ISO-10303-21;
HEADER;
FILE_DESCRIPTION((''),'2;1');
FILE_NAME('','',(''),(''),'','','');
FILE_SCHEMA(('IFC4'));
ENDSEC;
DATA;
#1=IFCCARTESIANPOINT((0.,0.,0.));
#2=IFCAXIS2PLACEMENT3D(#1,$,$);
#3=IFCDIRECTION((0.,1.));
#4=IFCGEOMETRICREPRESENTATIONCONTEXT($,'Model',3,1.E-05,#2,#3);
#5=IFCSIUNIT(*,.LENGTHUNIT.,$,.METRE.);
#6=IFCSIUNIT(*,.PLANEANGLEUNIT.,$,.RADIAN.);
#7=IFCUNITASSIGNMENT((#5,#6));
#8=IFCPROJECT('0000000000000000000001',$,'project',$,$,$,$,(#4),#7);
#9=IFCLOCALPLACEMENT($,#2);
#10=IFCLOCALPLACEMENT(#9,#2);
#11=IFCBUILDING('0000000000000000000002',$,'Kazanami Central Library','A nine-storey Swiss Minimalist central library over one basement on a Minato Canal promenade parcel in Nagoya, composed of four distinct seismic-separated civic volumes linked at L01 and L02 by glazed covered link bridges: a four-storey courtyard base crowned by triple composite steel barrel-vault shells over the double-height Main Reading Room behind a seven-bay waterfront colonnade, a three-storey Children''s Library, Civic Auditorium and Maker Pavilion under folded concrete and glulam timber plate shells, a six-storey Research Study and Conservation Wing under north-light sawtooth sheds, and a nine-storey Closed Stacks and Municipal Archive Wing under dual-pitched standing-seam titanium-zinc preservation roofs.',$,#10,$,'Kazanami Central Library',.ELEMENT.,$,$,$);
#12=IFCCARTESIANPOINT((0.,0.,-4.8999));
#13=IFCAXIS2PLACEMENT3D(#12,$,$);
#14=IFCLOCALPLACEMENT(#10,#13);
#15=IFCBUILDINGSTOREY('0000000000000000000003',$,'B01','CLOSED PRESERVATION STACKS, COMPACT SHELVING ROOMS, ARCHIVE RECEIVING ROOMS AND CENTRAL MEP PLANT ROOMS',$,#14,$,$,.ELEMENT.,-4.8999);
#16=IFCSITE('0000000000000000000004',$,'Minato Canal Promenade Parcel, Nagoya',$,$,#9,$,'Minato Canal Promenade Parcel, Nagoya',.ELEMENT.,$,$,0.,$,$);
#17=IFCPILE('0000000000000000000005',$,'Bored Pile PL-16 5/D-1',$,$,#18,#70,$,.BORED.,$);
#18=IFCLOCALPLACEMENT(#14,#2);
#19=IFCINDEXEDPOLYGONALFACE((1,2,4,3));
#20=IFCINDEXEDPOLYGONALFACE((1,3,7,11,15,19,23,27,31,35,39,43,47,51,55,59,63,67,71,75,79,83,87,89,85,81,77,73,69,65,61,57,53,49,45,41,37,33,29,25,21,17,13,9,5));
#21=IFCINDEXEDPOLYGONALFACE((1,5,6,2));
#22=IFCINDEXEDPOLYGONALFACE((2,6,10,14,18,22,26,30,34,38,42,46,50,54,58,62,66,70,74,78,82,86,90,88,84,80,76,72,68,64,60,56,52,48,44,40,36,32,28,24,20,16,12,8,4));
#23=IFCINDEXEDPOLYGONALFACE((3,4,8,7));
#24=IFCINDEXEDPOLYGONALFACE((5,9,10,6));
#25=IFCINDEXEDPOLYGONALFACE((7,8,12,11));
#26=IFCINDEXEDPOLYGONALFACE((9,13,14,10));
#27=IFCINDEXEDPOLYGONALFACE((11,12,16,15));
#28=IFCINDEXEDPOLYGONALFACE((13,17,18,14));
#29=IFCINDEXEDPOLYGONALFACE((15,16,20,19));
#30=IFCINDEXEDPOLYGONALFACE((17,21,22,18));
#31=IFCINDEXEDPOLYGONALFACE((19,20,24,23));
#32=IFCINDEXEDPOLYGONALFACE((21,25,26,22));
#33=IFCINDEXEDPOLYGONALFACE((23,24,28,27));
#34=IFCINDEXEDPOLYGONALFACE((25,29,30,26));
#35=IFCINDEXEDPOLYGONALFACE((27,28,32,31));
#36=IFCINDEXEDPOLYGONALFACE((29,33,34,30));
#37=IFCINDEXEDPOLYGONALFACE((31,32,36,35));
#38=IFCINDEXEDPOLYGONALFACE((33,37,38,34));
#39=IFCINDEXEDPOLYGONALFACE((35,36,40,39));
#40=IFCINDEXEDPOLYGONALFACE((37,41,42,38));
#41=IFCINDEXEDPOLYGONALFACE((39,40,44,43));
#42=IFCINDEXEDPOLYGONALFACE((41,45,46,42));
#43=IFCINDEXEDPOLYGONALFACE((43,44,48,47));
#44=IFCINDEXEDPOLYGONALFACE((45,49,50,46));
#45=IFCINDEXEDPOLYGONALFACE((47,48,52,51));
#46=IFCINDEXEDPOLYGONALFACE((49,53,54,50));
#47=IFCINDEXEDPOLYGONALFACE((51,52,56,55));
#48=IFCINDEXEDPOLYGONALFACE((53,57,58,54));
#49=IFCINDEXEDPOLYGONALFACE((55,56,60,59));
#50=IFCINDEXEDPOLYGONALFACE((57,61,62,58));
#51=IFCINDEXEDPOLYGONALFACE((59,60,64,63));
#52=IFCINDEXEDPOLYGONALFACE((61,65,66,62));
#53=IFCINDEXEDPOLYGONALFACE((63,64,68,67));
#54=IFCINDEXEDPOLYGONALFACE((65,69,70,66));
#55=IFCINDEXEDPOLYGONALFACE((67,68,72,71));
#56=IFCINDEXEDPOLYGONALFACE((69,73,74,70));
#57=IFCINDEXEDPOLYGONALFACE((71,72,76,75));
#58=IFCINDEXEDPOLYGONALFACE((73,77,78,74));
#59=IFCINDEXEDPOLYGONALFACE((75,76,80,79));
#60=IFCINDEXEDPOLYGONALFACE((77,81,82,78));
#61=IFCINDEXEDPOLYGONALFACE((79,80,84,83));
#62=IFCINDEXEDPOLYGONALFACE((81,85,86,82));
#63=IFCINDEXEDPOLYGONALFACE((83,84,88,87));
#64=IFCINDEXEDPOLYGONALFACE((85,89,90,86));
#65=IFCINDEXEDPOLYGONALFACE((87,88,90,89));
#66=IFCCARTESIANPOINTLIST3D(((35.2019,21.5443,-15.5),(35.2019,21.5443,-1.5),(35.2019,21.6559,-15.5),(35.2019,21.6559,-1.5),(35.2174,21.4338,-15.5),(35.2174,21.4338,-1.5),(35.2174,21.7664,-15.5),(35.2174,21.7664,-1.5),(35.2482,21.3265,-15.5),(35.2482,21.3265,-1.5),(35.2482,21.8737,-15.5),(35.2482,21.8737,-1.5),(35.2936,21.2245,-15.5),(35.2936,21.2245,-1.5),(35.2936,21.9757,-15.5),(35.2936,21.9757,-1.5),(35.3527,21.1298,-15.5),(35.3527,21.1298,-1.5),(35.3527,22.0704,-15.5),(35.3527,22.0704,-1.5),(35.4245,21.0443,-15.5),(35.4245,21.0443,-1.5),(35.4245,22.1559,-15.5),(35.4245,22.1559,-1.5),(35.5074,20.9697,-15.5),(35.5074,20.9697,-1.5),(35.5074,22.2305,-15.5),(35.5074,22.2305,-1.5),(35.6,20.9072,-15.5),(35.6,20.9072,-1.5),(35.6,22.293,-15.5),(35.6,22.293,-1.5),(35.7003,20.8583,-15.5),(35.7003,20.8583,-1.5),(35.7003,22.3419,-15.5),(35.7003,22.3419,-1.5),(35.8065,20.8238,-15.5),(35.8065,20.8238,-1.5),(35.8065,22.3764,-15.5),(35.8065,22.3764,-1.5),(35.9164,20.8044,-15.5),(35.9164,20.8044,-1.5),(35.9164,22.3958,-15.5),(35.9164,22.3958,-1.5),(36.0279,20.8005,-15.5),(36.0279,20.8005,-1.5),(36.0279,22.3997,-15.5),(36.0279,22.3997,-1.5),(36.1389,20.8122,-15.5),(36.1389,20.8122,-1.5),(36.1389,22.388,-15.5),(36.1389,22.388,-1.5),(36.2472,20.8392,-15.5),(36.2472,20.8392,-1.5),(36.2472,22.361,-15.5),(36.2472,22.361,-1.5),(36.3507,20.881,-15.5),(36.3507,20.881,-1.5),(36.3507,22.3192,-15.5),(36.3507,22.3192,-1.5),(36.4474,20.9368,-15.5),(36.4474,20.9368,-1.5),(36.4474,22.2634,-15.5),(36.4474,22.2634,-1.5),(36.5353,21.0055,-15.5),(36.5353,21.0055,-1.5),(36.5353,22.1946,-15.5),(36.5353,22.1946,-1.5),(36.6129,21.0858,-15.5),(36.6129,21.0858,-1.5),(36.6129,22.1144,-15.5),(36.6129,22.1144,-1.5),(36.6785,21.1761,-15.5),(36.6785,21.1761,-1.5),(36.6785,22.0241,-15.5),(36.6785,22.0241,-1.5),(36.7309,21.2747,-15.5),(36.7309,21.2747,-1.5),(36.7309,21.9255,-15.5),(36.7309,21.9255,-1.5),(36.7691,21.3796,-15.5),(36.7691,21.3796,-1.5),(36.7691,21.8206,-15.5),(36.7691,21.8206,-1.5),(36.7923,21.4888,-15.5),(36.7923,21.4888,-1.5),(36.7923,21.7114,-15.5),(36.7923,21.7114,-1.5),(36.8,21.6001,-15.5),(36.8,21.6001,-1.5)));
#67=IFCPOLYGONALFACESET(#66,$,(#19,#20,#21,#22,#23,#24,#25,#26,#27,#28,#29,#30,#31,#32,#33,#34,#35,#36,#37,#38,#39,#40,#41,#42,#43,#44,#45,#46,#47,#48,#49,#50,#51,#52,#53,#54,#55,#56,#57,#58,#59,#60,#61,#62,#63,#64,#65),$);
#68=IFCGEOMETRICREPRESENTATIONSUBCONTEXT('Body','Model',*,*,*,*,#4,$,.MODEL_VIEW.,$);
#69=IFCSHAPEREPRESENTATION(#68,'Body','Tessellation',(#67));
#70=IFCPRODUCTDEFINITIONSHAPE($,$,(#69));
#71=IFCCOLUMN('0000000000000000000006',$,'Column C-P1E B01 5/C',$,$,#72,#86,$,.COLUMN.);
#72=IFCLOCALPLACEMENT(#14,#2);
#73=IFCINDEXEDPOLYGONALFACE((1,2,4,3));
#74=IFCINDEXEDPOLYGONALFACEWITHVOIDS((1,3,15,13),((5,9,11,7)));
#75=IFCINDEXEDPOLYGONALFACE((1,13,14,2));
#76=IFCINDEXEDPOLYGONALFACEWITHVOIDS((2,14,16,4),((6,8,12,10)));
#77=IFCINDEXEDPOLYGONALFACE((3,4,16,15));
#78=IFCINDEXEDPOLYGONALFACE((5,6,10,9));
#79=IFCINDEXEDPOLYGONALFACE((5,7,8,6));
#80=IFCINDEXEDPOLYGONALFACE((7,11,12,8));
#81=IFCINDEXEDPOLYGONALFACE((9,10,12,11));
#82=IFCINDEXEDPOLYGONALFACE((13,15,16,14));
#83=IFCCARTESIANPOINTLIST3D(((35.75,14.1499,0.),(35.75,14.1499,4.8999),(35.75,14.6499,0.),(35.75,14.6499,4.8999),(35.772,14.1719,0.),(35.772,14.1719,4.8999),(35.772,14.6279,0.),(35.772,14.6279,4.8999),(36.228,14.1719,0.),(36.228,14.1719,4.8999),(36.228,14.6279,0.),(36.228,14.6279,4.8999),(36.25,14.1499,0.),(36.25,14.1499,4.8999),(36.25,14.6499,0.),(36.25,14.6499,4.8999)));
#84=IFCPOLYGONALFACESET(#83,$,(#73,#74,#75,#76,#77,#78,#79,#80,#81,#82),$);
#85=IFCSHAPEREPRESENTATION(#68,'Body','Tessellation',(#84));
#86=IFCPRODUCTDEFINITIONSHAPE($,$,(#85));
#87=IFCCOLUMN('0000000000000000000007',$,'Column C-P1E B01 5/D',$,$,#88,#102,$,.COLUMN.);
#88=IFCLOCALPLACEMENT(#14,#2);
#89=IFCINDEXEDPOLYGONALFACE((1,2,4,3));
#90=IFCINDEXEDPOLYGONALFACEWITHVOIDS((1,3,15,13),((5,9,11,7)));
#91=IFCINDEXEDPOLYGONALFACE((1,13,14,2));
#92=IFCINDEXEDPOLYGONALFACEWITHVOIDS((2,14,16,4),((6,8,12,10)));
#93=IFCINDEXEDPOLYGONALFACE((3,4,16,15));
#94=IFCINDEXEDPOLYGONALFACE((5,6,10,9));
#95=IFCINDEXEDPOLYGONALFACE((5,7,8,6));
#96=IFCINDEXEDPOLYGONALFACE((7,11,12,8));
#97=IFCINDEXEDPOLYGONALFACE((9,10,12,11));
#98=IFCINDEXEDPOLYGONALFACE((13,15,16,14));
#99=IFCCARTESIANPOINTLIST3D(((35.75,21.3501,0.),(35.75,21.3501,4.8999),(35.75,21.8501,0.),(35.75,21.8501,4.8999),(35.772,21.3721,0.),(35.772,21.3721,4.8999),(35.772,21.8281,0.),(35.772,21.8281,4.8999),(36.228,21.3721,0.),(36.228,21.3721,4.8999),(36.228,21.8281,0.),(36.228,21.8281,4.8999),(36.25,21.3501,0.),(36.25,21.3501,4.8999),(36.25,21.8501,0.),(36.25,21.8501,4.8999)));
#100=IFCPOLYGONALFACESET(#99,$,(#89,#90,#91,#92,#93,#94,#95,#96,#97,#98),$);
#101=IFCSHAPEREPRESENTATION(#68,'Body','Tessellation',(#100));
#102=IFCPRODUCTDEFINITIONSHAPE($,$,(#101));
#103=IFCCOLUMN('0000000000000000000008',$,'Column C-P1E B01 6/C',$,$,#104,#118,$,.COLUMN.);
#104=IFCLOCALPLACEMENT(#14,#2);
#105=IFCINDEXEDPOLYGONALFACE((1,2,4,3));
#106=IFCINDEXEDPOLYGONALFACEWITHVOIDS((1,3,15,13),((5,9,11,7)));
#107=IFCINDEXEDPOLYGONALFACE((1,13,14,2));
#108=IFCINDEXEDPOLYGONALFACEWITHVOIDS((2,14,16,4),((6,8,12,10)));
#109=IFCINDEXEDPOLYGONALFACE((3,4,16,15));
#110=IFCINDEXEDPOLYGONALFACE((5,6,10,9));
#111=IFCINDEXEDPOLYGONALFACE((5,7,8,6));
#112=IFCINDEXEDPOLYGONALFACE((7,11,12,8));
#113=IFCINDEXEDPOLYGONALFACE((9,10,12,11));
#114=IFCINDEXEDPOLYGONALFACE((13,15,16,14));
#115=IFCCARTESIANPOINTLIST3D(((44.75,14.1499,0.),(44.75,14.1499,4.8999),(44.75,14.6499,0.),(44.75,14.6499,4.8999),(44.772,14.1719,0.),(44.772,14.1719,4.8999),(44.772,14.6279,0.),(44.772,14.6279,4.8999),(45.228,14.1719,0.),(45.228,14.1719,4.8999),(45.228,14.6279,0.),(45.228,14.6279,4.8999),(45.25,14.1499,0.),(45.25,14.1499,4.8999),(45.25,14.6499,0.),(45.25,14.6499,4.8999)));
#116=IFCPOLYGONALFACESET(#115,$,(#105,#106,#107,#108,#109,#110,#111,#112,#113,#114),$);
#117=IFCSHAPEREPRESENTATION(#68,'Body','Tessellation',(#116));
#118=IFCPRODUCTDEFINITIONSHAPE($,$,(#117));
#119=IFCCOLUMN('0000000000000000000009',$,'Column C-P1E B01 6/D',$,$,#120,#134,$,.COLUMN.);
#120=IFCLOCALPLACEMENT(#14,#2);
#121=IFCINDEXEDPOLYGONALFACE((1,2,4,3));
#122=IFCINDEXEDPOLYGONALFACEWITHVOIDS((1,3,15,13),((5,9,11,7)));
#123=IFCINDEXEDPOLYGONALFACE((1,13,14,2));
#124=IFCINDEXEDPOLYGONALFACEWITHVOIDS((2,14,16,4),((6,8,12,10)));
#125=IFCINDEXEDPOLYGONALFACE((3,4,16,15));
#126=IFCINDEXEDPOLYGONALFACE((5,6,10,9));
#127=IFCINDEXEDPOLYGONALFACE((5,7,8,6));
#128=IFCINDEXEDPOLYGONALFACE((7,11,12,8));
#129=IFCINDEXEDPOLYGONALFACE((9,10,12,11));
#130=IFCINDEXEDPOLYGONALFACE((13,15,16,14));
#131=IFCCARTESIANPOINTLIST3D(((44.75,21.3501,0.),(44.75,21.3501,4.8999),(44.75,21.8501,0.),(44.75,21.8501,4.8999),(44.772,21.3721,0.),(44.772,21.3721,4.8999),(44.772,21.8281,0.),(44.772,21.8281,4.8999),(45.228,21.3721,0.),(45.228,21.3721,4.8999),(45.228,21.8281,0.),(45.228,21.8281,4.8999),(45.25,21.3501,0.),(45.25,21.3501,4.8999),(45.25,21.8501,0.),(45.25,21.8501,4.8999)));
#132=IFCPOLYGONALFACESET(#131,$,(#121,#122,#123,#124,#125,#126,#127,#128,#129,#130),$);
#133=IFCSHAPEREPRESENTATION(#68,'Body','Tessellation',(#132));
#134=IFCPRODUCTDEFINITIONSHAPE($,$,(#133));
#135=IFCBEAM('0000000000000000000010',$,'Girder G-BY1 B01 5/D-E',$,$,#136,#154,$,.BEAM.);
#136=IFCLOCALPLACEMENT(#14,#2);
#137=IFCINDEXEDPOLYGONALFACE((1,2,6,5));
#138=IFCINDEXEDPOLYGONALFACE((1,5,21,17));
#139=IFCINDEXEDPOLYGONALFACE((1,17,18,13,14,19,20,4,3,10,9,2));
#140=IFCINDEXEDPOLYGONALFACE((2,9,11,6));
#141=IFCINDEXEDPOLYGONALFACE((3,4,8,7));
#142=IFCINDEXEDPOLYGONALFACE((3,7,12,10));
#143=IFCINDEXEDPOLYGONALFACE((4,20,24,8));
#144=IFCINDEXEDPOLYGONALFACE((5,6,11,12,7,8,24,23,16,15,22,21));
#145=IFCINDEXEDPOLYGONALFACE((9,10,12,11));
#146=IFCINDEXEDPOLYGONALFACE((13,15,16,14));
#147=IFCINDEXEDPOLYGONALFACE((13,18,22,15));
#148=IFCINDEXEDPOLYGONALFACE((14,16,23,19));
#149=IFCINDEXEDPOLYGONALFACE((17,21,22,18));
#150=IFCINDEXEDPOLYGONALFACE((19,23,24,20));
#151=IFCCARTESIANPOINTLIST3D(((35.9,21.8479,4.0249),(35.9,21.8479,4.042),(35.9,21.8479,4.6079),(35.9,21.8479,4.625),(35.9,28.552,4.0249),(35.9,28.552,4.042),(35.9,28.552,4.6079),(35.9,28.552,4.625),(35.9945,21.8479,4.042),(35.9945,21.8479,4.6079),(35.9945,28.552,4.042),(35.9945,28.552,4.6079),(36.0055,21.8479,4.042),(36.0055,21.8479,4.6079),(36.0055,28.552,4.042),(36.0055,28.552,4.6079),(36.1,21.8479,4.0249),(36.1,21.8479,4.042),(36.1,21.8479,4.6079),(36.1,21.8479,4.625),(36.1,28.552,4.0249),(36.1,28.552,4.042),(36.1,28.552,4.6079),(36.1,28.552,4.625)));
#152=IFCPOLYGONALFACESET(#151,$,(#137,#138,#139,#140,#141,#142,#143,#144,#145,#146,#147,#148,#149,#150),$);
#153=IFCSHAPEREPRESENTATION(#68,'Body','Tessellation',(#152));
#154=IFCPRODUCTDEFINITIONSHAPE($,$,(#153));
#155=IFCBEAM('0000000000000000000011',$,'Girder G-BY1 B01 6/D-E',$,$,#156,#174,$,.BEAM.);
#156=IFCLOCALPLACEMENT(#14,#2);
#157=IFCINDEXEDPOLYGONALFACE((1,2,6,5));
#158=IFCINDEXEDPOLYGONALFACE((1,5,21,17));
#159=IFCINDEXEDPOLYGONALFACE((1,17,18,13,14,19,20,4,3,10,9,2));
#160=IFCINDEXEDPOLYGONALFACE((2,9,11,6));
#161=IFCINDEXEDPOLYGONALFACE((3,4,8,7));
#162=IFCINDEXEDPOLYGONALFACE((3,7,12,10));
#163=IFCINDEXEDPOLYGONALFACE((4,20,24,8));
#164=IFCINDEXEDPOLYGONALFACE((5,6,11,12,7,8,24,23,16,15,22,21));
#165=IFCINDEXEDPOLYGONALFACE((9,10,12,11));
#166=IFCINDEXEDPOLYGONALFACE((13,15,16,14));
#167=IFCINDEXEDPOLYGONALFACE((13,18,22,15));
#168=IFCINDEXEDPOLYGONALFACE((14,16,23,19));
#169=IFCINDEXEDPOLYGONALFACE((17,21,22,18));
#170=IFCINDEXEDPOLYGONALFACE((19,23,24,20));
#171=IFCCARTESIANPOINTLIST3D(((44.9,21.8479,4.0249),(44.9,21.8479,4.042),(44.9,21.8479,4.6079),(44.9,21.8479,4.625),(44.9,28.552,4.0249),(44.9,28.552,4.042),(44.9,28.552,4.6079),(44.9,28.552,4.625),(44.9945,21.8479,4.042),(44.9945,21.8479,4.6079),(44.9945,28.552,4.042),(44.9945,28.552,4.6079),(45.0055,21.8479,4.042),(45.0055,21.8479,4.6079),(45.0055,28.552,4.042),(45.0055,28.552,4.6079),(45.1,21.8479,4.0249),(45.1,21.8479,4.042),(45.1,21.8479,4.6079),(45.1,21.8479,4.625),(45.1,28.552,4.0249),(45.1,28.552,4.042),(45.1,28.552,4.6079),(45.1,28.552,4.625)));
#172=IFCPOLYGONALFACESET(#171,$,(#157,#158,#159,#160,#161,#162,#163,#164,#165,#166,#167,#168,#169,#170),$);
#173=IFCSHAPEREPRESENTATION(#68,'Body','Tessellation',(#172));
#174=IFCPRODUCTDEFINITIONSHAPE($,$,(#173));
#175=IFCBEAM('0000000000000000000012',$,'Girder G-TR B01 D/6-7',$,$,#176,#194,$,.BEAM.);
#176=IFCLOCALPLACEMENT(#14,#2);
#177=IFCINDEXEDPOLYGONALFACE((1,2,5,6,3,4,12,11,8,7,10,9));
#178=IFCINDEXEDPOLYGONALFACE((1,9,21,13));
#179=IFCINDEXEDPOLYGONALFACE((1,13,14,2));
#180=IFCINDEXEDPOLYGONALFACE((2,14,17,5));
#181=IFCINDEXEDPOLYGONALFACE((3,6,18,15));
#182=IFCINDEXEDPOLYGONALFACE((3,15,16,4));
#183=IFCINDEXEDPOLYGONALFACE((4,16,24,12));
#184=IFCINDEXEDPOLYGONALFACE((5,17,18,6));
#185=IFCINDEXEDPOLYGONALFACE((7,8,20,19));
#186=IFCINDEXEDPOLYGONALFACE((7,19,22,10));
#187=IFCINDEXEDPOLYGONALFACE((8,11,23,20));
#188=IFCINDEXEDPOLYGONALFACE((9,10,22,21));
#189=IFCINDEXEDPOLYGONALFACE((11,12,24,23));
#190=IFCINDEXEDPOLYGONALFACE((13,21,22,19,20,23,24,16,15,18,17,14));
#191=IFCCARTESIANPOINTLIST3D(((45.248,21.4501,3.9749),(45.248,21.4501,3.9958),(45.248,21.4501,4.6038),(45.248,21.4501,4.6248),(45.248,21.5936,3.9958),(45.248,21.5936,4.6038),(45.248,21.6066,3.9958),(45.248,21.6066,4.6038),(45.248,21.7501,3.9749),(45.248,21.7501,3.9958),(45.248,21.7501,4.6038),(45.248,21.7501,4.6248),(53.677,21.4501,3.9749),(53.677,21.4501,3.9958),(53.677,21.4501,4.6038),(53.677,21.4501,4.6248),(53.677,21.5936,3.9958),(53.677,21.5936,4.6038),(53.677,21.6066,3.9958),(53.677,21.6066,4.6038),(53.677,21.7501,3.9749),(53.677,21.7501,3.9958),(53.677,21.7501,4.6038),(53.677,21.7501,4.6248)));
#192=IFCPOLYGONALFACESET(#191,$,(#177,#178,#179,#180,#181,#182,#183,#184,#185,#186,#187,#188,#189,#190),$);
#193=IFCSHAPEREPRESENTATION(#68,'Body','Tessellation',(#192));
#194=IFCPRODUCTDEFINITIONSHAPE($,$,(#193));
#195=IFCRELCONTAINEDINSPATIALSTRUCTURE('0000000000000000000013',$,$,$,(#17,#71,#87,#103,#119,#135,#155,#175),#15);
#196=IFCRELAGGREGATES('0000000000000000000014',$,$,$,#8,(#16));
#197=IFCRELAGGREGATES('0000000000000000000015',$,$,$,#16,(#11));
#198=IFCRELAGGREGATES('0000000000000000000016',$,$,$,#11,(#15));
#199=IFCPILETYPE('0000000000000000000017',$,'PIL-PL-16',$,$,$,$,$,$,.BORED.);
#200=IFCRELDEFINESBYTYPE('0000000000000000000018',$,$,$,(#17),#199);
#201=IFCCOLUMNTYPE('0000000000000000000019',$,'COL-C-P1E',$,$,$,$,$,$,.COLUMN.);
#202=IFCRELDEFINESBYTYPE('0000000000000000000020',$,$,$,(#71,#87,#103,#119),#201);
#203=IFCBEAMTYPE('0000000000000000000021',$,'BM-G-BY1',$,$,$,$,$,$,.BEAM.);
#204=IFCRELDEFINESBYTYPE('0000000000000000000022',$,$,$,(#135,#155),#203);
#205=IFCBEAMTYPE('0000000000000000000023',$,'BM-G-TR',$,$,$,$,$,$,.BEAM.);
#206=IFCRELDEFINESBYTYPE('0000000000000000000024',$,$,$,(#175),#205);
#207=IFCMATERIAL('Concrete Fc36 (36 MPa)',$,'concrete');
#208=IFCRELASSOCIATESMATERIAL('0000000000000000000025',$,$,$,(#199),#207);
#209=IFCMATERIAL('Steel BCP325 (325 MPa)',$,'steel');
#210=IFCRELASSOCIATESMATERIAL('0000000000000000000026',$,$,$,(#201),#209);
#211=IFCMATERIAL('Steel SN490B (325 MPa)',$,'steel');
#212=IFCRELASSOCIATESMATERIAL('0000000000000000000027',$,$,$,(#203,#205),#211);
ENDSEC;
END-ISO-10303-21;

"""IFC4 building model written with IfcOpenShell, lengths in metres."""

from ifc_helpers import new_model, si_unit, direction, frame, origin, origin_2d, place, context, subcontext, project, spatial, hollow_rectangle, circle, i_section, extrude, material, material_profile, profile_set, type_object, element, save


model = new_model("IFC4")

# Units and contexts
model_context = context("Model", 3, precision=1e-05, world=origin(), true_north=direction((0.0, 1.0)))
body_context = subcontext(model_context, "Body", "Model", "MODEL_VIEW")
ifc_project = project(units=[si_unit("LENGTHUNIT", "METRE"), si_unit("PLANEANGLEUNIT", "RADIAN")], contexts=[model_context])

# Site, building, storey
site_placement = place(None, origin())
site = spatial("IfcSite", under=ifc_project, at=site_placement, Name="Minato Canal Promenade Parcel, Nagoya", LongName="Minato Canal Promenade Parcel, Nagoya", CompositionType="ELEMENT", RefElevation=0.0)
building_placement = place(site_placement, origin())
building = spatial("IfcBuilding", under=site, at=building_placement, Name="Kazanami Central Library", Description="A nine-storey Swiss Minimalist central library over one basement on a Minato Canal promenade parcel in Nagoya, composed of four distinct seismic-separated civic volumes linked at L01 and L02 by glazed covered link bridges: a four-storey courtyard base crowned by triple composite steel barrel-vault shells over the double-height Main Reading Room behind a seven-bay waterfront colonnade, a three-storey Children's Library, Civic Auditorium and Maker Pavilion under folded concrete and glulam timber plate shells, a six-storey Research Study and Conservation Wing under north-light sawtooth sheds, and a nine-storey Closed Stacks and Municipal Archive Wing under dual-pitched standing-seam titanium-zinc preservation roofs.", LongName="Kazanami Central Library", CompositionType="ELEMENT")
storey_placement = place(building_placement, frame((0.0, 0.0, -4.8999)))
storey = spatial("IfcBuildingStorey", under=building, at=storey_placement, Name="B01", Description="CLOSED PRESERVATION STACKS, COMPACT SHELVING ROOMS, ARCHIVE RECEIVING ROOMS AND CENTRAL MEP PLANT ROOMS", CompositionType="ELEMENT", Elevation=-4.8999)

# Shared definitions
ifc_material_1 = material(Name="Concrete Fc36 (36 MPa)", Category="concrete")

# Pile
ifc_material_profile_1 = material_profile(ifc_material_1, circle(Radius=0.8, at=origin_2d()), Name="BORED-D1600")
ifc_profile_set_1 = profile_set([ifc_material_profile_1], Name="Concrete Fc36 (36 MPa)")
pile_type_1 = type_object("IfcPileType", Name="PIL-PL-16", PredefinedType="BORED", material=ifc_profile_set_1)
pile_1_placement = place(storey_placement, frame((36.0, 21.6001, -1.5), z_axis=(0.0, 0.0, -1.0), x_axis=(1.0, 0.0, 0.0)))
element("IfcPile", 1, at=pile_1_placement, inside=storey, type_object=pile_type_1, Name="Bored Pile PL-16 5/D-1", PredefinedType="BORED", context=body_context, shape_type="SweptSolid", body=[
    extrude(circle(Radius=0.8, at=origin_2d()), origin(), (0.0, 0.0, 1.0), 14.0),
])

# Columns
ifc_material_2 = material(Name="Steel BCP325 (325 MPa)", Category="steel")
ifc_material_profile_2 = material_profile(ifc_material_2, hollow_rectangle(XDim=0.5, YDim=0.5, WallThickness=0.022, at=origin_2d()), Name="BCP-500x500x22")
ifc_profile_set_2 = profile_set([ifc_material_profile_2], Name="Steel BCP325 (325 MPa)")
column_type = type_object("IfcColumnType", Name="COL-C-P1E", PredefinedType="COLUMN", material=ifc_profile_set_2)
for number, where, z_axis, x_axis, name in (
    (2, (36.0, 14.3999, 0.0), (0.0, 0.0, 1.0), (1.0, 0.0, 0.0), "Column C-P1E B01 5/C"),
    (3, (36.0, 21.6001, 0.0), (0.0, 0.0, 1.0), (1.0, 0.0, 0.0), "Column C-P1E B01 5/D"),
    (4, (45.0, 14.3999, 0.0), (0.0, 0.0, 1.0), (1.0, 0.0, 0.0), "Column C-P1E B01 6/C"),
    (5, (45.0, 21.6001, 0.0), (0.0, 0.0, 1.0), (1.0, 0.0, 0.0), "Column C-P1E B01 6/D"),
):
    element("IfcColumn", number, at=place(storey_placement, frame(where, z_axis=z_axis, x_axis=x_axis)), inside=storey, type_object=column_type, Name=name, PredefinedType="COLUMN", context=body_context, shape_type="SweptSolid", body=[
        extrude(hollow_rectangle(XDim=0.5, YDim=0.5, WallThickness=0.022, at=origin_2d()), origin(), (0.0, 0.0, 1.0), 4.8999),
    ])

# Beams
ifc_material_3 = material(Name="Steel SN490B (325 MPa)", Category="steel")
ifc_material_profile_3 = material_profile(ifc_material_3, i_section(OverallWidth=0.2, OverallDepth=0.6001, WebThickness=0.011, FlangeThickness=0.0171, at=origin_2d()), Name="H-600x200x11x17")
ifc_profile_set_3 = profile_set([ifc_material_profile_3], Name="Steel SN490B (325 MPa)")
beam_type_1 = type_object("IfcBeamType", Name="BM-G-BY1", PredefinedType="BEAM", material=ifc_profile_set_3)
for number, where, z_axis, x_axis, name in (
    (6, (36.0, 21.8479, 4.325), (0.0, 1.0, 0.0), (-1.0, 0.0, 0.0), "Girder G-BY1 B01 5/D-E"),
    (7, (45.0, 21.8479, 4.325), (0.0, 1.0, 0.0), (-1.0, 0.0, 0.0), "Girder G-BY1 B01 6/D-E"),
):
    element("IfcBeam", number, at=place(storey_placement, frame(where, z_axis=z_axis, x_axis=x_axis)), inside=storey, type_object=beam_type_1, Name=name, PredefinedType="BEAM", context=body_context, shape_type="SweptSolid", body=[
        extrude(i_section(OverallWidth=0.2, OverallDepth=0.6001, WebThickness=0.011, FlangeThickness=0.0171, at=origin_2d()), origin(), (0.0, 0.0, 1.0), 6.7041),
    ])
ifc_material_profile_4 = material_profile(ifc_material_3, i_section(OverallWidth=0.3, OverallDepth=0.6499, WebThickness=0.0129, FlangeThickness=0.021, at=origin_2d()), Name="H-650x300x13x21")
ifc_profile_set_4 = profile_set([ifc_material_profile_4], Name="Steel SN490B (325 MPa)")
beam_type_2 = type_object("IfcBeamType", Name="BM-G-TR", PredefinedType="BEAM", material=ifc_profile_set_4)
beam_1_placement = place(storey_placement, frame((45.248, 21.6001, 4.2998), z_axis=(1.0, 0.0, 0.0), x_axis=(0.0, 1.0, 0.0)))
element("IfcBeam", 8, at=beam_1_placement, inside=storey, type_object=beam_type_2, Name="Girder G-TR B01 D/6-7", PredefinedType="BEAM", context=body_context, shape_type="SweptSolid", body=[
    extrude(i_section(OverallWidth=0.3, OverallDepth=0.6499, WebThickness=0.0129, FlangeThickness=0.021, at=origin_2d()), origin(), (0.0, 0.0, 1.0), 8.429),
])

save(model, "model.ifc")
